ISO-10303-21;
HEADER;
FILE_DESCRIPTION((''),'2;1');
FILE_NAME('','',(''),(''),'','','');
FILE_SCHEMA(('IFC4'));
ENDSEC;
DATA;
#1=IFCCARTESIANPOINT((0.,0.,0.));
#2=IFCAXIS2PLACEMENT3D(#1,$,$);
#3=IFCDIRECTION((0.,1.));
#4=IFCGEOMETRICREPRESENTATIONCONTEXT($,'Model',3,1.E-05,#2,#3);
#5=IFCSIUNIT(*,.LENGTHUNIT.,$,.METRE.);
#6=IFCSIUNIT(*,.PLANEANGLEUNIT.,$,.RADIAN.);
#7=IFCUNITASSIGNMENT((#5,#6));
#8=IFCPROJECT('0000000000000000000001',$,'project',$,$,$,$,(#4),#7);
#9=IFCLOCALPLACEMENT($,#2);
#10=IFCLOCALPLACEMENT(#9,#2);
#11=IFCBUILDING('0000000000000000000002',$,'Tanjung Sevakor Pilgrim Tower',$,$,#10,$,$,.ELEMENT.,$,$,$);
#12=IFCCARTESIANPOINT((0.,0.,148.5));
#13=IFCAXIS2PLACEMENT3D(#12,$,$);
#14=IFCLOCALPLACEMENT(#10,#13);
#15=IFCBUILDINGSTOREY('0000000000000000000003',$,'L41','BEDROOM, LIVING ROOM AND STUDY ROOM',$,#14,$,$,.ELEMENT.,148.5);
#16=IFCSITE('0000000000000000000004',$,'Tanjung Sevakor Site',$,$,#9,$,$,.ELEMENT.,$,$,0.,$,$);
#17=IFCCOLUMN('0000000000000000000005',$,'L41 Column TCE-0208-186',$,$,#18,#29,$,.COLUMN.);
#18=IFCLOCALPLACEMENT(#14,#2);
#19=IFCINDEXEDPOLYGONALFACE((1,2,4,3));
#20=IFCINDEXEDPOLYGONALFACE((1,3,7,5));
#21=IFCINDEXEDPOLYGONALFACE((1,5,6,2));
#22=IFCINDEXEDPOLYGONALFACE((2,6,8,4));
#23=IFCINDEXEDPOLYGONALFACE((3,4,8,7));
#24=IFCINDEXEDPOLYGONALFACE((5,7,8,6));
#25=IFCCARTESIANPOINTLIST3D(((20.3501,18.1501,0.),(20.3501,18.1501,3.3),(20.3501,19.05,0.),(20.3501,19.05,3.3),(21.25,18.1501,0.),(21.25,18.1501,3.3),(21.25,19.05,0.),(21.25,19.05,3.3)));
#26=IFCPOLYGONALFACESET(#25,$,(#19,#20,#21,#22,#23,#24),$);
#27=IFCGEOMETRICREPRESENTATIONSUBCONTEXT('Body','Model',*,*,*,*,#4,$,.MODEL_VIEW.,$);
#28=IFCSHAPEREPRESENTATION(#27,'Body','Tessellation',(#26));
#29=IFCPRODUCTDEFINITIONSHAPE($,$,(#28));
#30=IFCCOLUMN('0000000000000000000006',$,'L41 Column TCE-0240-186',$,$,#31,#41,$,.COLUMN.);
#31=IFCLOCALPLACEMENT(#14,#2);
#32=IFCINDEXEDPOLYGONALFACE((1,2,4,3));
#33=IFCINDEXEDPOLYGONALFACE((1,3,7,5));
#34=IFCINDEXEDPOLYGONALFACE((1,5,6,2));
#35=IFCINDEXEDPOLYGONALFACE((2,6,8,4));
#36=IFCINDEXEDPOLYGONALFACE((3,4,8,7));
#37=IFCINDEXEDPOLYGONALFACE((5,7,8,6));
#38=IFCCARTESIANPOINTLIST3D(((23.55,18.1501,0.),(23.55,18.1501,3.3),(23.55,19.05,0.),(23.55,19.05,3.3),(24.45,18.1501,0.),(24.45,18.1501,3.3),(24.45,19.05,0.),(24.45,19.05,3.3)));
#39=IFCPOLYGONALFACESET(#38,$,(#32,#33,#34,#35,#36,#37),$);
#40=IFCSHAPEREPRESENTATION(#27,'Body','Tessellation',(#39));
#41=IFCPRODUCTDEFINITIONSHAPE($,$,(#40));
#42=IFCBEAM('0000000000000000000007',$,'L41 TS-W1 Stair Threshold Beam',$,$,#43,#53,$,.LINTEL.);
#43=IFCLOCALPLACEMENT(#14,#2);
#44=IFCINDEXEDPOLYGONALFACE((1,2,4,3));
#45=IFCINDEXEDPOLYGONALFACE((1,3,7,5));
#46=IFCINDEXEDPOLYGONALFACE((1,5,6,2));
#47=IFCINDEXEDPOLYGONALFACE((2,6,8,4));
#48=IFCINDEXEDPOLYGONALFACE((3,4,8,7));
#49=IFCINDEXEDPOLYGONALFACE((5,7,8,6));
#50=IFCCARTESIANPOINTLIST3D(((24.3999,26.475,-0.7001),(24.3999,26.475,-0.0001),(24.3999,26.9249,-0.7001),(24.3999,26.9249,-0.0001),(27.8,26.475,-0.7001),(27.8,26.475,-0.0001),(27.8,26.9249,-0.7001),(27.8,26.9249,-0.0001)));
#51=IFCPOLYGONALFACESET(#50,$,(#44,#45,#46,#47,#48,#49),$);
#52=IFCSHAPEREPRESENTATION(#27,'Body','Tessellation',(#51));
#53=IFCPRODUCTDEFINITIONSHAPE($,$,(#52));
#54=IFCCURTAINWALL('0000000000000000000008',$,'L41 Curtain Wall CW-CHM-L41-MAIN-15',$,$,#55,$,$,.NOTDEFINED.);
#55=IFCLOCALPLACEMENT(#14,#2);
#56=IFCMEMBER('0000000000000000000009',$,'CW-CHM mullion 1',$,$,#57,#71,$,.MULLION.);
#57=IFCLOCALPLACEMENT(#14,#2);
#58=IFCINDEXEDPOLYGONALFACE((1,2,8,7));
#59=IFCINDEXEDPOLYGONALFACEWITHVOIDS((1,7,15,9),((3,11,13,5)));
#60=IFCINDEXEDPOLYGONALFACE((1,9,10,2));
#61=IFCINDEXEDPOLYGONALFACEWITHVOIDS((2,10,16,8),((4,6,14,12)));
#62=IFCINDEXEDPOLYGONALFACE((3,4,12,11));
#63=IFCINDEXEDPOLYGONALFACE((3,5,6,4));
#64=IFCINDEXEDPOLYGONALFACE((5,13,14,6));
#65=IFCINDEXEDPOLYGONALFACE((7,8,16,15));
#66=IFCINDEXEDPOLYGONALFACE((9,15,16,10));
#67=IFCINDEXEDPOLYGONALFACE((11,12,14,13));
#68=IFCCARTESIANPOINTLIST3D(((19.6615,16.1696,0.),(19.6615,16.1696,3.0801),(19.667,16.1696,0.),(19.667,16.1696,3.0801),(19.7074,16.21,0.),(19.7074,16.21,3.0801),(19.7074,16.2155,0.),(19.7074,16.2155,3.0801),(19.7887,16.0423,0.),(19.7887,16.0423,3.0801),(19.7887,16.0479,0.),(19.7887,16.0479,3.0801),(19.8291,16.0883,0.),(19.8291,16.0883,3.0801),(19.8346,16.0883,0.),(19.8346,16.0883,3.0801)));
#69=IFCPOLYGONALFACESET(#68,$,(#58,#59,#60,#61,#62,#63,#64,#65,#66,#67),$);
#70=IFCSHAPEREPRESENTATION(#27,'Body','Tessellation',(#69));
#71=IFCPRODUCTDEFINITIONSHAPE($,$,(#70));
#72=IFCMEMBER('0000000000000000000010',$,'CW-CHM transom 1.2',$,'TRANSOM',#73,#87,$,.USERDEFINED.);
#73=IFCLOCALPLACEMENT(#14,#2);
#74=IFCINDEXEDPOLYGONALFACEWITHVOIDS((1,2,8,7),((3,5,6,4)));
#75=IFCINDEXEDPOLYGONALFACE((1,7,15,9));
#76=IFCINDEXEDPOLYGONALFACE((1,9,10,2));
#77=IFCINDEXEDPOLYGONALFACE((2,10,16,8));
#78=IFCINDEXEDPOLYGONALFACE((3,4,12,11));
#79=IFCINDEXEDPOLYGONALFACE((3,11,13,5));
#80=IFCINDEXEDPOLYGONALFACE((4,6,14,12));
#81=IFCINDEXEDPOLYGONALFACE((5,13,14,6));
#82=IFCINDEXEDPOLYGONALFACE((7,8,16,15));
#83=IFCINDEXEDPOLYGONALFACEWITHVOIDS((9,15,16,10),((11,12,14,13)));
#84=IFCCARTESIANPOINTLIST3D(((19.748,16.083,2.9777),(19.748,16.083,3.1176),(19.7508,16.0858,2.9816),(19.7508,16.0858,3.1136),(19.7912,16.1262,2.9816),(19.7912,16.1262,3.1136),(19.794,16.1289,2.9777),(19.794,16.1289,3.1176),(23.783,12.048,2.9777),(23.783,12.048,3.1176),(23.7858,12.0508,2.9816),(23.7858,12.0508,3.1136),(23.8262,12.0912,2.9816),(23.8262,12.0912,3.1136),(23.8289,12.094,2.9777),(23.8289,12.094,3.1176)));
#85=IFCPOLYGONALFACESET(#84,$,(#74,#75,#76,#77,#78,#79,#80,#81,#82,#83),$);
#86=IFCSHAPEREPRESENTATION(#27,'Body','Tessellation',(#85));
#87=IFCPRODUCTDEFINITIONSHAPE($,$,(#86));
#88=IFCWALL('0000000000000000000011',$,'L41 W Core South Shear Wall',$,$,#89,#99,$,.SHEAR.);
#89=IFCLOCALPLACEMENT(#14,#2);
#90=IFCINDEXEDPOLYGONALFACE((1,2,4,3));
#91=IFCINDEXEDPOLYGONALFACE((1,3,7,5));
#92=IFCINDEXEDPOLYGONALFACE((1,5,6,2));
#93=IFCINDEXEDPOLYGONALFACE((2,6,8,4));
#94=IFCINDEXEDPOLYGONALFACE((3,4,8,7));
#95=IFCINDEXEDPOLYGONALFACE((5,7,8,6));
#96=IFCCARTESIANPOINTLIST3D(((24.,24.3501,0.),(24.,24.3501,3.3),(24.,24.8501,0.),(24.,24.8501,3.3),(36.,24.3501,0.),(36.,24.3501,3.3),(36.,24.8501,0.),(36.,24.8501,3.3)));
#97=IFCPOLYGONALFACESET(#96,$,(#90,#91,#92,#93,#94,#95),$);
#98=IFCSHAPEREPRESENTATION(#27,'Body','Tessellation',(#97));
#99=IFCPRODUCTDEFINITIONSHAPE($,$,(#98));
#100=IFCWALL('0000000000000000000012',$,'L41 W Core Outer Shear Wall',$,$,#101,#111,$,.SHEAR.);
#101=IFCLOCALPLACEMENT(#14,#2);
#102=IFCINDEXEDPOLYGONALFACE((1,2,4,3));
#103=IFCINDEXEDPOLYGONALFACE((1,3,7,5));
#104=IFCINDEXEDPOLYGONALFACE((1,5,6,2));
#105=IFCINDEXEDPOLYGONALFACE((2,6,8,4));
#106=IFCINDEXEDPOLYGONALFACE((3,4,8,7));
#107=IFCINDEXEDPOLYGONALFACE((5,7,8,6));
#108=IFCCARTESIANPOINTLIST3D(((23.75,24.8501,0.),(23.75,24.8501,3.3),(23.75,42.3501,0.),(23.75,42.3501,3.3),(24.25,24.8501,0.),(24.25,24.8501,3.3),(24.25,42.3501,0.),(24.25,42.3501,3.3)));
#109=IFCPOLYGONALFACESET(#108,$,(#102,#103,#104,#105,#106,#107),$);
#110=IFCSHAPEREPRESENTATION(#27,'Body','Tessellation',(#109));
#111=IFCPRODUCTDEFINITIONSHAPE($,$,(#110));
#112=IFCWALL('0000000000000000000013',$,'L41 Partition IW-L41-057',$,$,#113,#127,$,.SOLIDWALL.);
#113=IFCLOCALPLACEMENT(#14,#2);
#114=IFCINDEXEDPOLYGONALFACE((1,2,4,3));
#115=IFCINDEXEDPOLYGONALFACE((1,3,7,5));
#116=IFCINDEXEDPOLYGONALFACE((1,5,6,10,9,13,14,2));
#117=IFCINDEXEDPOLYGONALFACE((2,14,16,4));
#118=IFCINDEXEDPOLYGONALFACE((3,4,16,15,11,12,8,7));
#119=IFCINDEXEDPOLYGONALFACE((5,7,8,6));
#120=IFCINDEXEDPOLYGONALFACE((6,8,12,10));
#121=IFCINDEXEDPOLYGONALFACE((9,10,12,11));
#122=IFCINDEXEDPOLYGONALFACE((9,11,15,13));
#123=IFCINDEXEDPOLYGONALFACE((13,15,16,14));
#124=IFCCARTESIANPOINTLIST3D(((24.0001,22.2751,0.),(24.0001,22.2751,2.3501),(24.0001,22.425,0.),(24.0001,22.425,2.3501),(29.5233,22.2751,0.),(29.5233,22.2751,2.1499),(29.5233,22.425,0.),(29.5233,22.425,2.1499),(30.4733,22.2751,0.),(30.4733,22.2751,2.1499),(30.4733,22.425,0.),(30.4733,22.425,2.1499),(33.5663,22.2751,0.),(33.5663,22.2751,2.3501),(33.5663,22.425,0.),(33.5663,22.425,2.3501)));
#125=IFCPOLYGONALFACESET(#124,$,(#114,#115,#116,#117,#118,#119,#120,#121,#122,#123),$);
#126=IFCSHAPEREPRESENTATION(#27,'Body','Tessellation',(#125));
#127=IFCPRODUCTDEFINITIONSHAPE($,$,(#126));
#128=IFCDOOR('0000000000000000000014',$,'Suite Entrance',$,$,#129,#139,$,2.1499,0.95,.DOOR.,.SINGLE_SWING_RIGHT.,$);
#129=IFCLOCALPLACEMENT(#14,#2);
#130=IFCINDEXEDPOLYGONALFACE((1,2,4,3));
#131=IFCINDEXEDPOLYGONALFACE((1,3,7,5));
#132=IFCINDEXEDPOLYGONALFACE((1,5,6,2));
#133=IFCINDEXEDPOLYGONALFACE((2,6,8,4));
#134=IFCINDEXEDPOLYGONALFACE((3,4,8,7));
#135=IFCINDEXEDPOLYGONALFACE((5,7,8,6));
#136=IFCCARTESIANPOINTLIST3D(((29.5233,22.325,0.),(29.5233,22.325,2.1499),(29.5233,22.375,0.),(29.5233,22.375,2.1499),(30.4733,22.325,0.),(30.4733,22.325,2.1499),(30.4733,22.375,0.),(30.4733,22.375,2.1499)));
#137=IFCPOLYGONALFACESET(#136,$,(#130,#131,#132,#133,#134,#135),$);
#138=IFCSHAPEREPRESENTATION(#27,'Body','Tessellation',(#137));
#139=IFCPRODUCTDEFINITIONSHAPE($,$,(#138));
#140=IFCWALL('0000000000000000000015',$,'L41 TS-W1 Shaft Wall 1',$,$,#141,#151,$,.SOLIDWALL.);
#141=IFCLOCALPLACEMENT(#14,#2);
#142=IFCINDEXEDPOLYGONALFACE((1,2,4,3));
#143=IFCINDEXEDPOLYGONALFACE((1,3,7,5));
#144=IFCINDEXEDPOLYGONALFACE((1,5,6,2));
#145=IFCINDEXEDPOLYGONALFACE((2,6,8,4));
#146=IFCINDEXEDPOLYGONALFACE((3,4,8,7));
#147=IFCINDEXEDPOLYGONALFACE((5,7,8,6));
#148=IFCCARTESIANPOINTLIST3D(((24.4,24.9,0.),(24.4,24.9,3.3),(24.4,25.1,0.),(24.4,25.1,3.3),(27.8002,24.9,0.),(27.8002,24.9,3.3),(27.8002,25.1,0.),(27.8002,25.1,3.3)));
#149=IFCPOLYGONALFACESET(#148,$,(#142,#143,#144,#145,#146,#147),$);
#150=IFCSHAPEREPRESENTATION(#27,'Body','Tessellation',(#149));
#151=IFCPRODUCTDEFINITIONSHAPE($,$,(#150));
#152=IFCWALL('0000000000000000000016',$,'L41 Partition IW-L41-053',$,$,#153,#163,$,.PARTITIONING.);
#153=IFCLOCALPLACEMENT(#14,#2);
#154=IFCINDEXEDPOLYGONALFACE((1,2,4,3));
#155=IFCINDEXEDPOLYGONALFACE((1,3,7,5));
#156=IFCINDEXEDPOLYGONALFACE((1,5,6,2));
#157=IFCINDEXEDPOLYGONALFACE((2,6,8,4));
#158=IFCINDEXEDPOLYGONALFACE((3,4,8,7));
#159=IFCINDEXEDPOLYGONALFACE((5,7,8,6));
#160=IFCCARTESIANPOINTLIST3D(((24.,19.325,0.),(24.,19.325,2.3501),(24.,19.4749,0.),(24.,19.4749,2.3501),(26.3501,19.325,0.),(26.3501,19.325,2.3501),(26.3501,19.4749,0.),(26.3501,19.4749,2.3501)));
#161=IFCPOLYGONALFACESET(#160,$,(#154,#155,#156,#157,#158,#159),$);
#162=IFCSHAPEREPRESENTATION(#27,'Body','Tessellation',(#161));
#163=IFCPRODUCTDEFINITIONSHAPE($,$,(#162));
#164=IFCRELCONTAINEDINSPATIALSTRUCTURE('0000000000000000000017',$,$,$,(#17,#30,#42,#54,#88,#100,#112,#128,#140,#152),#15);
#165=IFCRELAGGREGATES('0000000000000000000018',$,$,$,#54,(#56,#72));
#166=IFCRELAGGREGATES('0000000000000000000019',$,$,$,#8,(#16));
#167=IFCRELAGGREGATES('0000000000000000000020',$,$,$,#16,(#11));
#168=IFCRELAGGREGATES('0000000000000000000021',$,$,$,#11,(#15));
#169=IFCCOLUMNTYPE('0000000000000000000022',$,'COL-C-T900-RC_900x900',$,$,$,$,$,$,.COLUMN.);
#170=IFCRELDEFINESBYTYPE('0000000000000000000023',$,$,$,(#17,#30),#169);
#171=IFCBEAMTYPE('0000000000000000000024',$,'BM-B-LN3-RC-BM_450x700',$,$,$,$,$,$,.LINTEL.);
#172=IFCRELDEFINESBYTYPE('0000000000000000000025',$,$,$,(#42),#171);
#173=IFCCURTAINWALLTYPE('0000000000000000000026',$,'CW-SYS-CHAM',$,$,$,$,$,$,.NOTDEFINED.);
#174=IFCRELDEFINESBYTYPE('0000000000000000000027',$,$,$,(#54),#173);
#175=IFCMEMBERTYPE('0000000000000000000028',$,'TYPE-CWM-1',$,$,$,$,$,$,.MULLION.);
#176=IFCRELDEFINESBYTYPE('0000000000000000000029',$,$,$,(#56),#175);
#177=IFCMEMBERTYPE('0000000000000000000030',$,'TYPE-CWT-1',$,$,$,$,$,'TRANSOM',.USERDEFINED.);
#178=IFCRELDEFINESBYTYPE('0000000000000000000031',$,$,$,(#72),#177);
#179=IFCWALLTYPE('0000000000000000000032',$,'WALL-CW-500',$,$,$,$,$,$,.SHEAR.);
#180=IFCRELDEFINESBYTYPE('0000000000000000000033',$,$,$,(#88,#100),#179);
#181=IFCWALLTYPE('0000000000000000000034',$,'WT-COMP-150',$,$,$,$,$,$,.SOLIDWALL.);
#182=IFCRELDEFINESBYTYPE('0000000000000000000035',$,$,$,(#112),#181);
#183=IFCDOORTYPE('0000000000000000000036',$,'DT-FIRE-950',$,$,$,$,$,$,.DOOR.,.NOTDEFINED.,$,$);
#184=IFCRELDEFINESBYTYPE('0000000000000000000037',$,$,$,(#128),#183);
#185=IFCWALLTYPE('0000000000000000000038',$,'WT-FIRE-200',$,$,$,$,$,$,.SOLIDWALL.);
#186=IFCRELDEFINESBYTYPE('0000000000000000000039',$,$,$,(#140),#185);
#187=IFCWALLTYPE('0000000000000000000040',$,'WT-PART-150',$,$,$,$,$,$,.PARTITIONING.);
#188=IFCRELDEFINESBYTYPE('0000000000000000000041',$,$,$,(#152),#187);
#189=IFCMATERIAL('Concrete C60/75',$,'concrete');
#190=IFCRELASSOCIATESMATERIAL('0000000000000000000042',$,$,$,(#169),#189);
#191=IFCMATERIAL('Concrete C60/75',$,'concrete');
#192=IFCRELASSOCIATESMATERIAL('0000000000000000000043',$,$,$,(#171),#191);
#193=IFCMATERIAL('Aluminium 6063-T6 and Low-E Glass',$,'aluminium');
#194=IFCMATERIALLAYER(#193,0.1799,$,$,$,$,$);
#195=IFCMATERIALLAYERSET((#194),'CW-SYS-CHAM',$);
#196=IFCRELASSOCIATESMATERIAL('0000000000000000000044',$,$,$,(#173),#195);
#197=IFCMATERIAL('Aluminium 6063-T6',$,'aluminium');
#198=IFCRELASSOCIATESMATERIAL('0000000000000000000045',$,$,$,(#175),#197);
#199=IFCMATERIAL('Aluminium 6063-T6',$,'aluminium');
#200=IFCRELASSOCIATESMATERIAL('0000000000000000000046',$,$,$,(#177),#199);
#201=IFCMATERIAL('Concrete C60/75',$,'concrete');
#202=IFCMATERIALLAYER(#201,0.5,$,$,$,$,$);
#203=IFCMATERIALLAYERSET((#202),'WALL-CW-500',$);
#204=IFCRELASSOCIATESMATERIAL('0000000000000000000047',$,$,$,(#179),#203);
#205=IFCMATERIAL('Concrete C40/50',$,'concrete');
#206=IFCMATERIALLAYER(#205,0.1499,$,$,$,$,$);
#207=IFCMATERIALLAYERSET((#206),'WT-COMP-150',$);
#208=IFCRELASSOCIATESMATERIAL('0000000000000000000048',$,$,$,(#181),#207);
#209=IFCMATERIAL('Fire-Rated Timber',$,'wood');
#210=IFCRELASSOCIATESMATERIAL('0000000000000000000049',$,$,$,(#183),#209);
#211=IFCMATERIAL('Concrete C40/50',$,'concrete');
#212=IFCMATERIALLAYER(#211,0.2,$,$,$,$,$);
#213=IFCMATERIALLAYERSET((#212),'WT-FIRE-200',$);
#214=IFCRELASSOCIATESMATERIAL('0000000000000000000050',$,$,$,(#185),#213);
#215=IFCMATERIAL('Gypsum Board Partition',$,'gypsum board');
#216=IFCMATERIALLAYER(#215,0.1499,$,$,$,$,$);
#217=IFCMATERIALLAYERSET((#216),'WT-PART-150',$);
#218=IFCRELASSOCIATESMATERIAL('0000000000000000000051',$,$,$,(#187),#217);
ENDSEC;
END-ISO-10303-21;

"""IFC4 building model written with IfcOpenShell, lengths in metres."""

from ifc_helpers import new_model, si_unit, direction, frame, frame_2d, origin, origin_2d, place, context, subcontext, project, spatial, rectangle, hollow_rectangle, extrude, material, layer, layer_set, material_profile, profile_set, type_object, element, fill, aggregate, save


model = new_model("IFC4")

# Units and contexts
model_context = context("Model", 3, precision=1e-05, world=origin(), true_north=direction((0.0, 1.0)))
body_context = subcontext(model_context, "Body", "Model", "MODEL_VIEW")
ifc_project = project(units=[si_unit("LENGTHUNIT", "METRE"), si_unit("PLANEANGLEUNIT", "RADIAN")], contexts=[model_context])

# Site, building, storey
site_placement = place(None, origin())
site = spatial("IfcSite", under=ifc_project, at=site_placement, Name="Tanjung Sevakor Site", CompositionType="ELEMENT", RefElevation=0.0)
building_placement = place(site_placement, origin())
building = spatial("IfcBuilding", under=site, at=building_placement, Name="Tanjung Sevakor Pilgrim Tower", CompositionType="ELEMENT")
storey_placement = place(building_placement, frame((0.0, 0.0, 148.5)))
storey = spatial("IfcBuildingStorey", under=building, at=storey_placement, Name="L41", Description="BEDROOM, LIVING ROOM AND STUDY ROOM", CompositionType="ELEMENT", Elevation=148.5)

# Columns
ifc_material_1 = material(Name="Concrete C60/75", Category="concrete")
ifc_material_profile_1 = material_profile(ifc_material_1, rectangle(XDim=0.8999, YDim=0.8999, at=origin_2d()))
ifc_profile_set_1 = profile_set([ifc_material_profile_1], Name="Concrete C60/75")
column_type = type_object("IfcColumnType", Name="COL-C-T900-RC_900x900", PredefinedType="COLUMN", material=ifc_profile_set_1)
for number, where, z_axis, x_axis, name in (
    (1, (20.8, 18.6001, 0.0), (0.0, 0.0, 1.0), (1.0, 0.0, 0.0), "L41 Column TCE-0208-186"),
    (2, (24.0, 18.6001, 0.0), (0.0, 0.0, 1.0), (1.0, 0.0, 0.0), "L41 Column TCE-0240-186"),
):
    element("IfcColumn", number, at=place(storey_placement, frame(where, z_axis=z_axis, x_axis=x_axis)), inside=storey, type_object=column_type, Name=name, PredefinedType="COLUMN", context=body_context, shape_type="SweptSolid", body=[
        extrude(rectangle(XDim=0.8999, YDim=0.8999, at=origin_2d()), origin(), (0.0, 0.0, 1.0), 3.3),
    ])

# Beam
ifc_material_2 = material(Name="Concrete C60/75", Category="concrete")
ifc_material_profile_2 = material_profile(ifc_material_2, rectangle(XDim=0.45, YDim=0.7, at=origin_2d()))
ifc_profile_set_2 = profile_set([ifc_material_profile_2], Name="Concrete C60/75")
beam_type = type_object("IfcBeamType", Name="BM-B-LN3-RC-BM_450x700", PredefinedType="LINTEL", material=ifc_profile_set_2)
beam_placement = place(storey_placement, frame((24.3999, 26.7, -0.3501), z_axis=(1.0, 0.0, 0.0), x_axis=(0.0, 1.0, 0.0)))
element("IfcBeam", 3, at=beam_placement, inside=storey, type_object=beam_type, Name="L41 TS-W1 Stair Threshold Beam", PredefinedType="LINTEL", context=body_context, shape_type="SweptSolid", body=[
    extrude(rectangle(XDim=0.45, YDim=0.7, at=origin_2d()), origin(), (0.0, 0.0, 1.0), 3.4001),
])

# Curtain wall, members
ifc_material_3 = material(Name="Aluminium 6063-T6 and Low-E Glass", Category="aluminium")
ifc_layer_1 = layer(ifc_material_3, 0.1799)
ifc_layer_set_1 = layer_set([ifc_layer_1], Name="CW-SYS-CHAM")
curtain_wall_type = type_object("IfcCurtainWallType", Name="CW-SYS-CHAM", PredefinedType="NOTDEFINED", material=ifc_layer_set_1)
curtain_wall_placement = place(storey_placement, origin())
curtain_wall = element("IfcCurtainWall", 4, at=curtain_wall_placement, inside=storey, type_object=curtain_wall_type, Name="L41 Curtain Wall CW-CHM-L41-MAIN-15", PredefinedType="NOTDEFINED")
ifc_material_4 = material(Name="Aluminium 6063-T6", Category="aluminium")
ifc_material_profile_3 = material_profile(ifc_material_4, hollow_rectangle(XDim=0.0649, YDim=0.1799, WallThickness=0.0039, at=origin_2d()))
ifc_profile_set_3 = profile_set([ifc_material_profile_3], Name="Aluminium 6063-T6")
member_type_1 = type_object("IfcMemberType", Name="TYPE-CWM-1", PredefinedType="MULLION", material=ifc_profile_set_3)
member_1_placement = place(storey_placement, frame((19.748, 16.1289, 0.0), z_axis=(0.0, 0.0, 1.0), x_axis=(0.707107, 0.707107, 0.0)))
member_1 = element("IfcMember", 5, at=member_1_placement, type_object=member_type_1, Name="CW-CHM mullion 1", PredefinedType="MULLION", context=body_context, shape_type="SweptSolid", body=[
    extrude(hollow_rectangle(XDim=0.0649, YDim=0.1799, WallThickness=0.0039, at=origin_2d()), origin(), (0.0, 0.0, 1.0), 3.0801),
])
ifc_material_5 = material(Name="Aluminium 6063-T6", Category="aluminium")
ifc_material_profile_4 = material_profile(ifc_material_5, hollow_rectangle(XDim=0.0649, YDim=0.1399, WallThickness=0.0039, at=origin_2d()))
ifc_profile_set_4 = profile_set([ifc_material_profile_4], Name="Aluminium 6063-T6")
member_type_2 = type_object("IfcMemberType", Name="TYPE-CWT-1", ElementType="TRANSOM", PredefinedType="USERDEFINED", material=ifc_profile_set_4)
member_2_placement = place(storey_placement, frame((19.771, 16.106, 3.0476), z_axis=(0.707107, -0.707107, 0.0), x_axis=(0.707107, 0.707107, 0.0)))
member_2 = element("IfcMember", 6, at=member_2_placement, type_object=member_type_2, Name="CW-CHM transom 1.2", ObjectType="TRANSOM", PredefinedType="USERDEFINED", context=body_context, shape_type="SweptSolid", body=[
    extrude(hollow_rectangle(XDim=0.0649, YDim=0.1399, WallThickness=0.0039, at=origin_2d()), origin(), (0.0, 0.0, 1.0), 5.7063),
])
aggregate(curtain_wall, [member_1, member_2])

# Walls
ifc_material_6 = material(Name="Concrete C60/75", Category="concrete")
ifc_layer_2 = layer(ifc_material_6, 0.5)
ifc_layer_set_2 = layer_set([ifc_layer_2], Name="WALL-CW-500")
wall_type_1 = type_object("IfcWallType", Name="WALL-CW-500", PredefinedType="SHEAR", material=ifc_layer_set_2)
wall_1_placement = place(storey_placement, frame((24.0, 24.6001, 0.0), z_axis=(0.0, 0.0, 1.0), x_axis=(1.0, 0.0, 0.0)))
element("IfcWall", 7, at=wall_1_placement, inside=storey, type_object=wall_type_1, Name="L41 W Core South Shear Wall", PredefinedType="SHEAR", context=body_context, shape_type="SweptSolid", body=[
    extrude(rectangle(XDim=12.0, YDim=0.5, at=frame_2d((6.0, 0.0))), origin(), (0.0, 0.0, 1.0), 3.3),
])
wall_2_placement = place(storey_placement, frame((24.0, 24.8501, 0.0), z_axis=(0.0, 0.0, 1.0), x_axis=(0.0, 1.0, 0.0)))
element("IfcWall", 8, at=wall_2_placement, inside=storey, type_object=wall_type_1, Name="L41 W Core Outer Shear Wall", PredefinedType="SHEAR", context=body_context, shape_type="SweptSolid", body=[
    extrude(rectangle(XDim=17.5, YDim=0.5, at=frame_2d((8.75, 0.0))), origin(), (0.0, 0.0, 1.0), 3.3),
])

# Wall, opening, door
ifc_material_7 = material(Name="Concrete C40/50", Category="concrete")
ifc_layer_3 = layer(ifc_material_7, 0.1499)
ifc_layer_set_3 = layer_set([ifc_layer_3], Name="WT-COMP-150")
wall_type_2 = type_object("IfcWallType", Name="WT-COMP-150", PredefinedType="SOLIDWALL", material=ifc_layer_set_3)
wall_3_placement = place(storey_placement, frame((24.0, 22.3501, 0.0), z_axis=(0.0, 0.0, 1.0), x_axis=(1.0, 0.0, 0.0)))
wall_3 = element("IfcWall", 9, at=wall_3_placement, inside=storey, type_object=wall_type_2, Name="L41 Partition IW-L41-057", PredefinedType="SOLIDWALL", context=body_context, shape_type="SweptSolid", body=[
    extrude(rectangle(XDim=9.5662, YDim=0.1499, at=frame_2d((4.7832, 0.0))), origin(), (0.0, 0.0, 1.0), 2.3501),
])
opening_1_placement = place(wall_3_placement, frame((5.5232, 0.0, 0.0)))
opening_1 = element("IfcOpeningElement", 10, at=opening_1_placement, cuts=wall_3, PredefinedType="OPENING", context=body_context, shape_type="SweptSolid", body=[
    extrude(rectangle(XDim=0.95, YDim=2.1499, at=frame_2d((0.4751, 1.075))), frame((0.0, 0.085, 0.0), z_axis=(0.0, -1.0, 0.0), x_axis=(1.0, 0.0, 0.0)), (0.0, 0.0, 1.0), 0.1699),
])
ifc_material_8 = material(Name="Fire-Rated Timber", Category="wood")
door_type_1 = type_object("IfcDoorType", Name="DT-FIRE-950", OperationType="NOTDEFINED", PredefinedType="DOOR", material=ifc_material_8)
door_1_placement = place(opening_1_placement, origin())
door_1 = element("IfcDoor", 11, at=door_1_placement, inside=storey, type_object=door_type_1, Name="Suite Entrance", OperationType="SINGLE_SWING_RIGHT", OverallHeight=2.1499, OverallWidth=0.95, PredefinedType="DOOR", context=body_context, shape_type="SweptSolid", body=[
    extrude(rectangle(XDim=0.95, YDim=2.1499, at=frame_2d((0.4751, 1.075))), frame((0.0, 0.0249, 0.0), z_axis=(0.0, -1.0, 0.0), x_axis=(1.0, 0.0, 0.0)), (0.0, 0.0, 1.0), 0.05),
])
fill(opening_1, door_1)

# Wall
ifc_material_9 = material(Name="Concrete C40/50", Category="concrete")
ifc_layer_4 = layer(ifc_material_9, 0.2)
ifc_layer_set_4 = layer_set([ifc_layer_4], Name="WT-FIRE-200")
wall_type_3 = type_object("IfcWallType", Name="WT-FIRE-200", PredefinedType="SOLIDWALL", material=ifc_layer_set_4)
wall_4_placement = place(storey_placement, frame((24.3999, 25.0, 0.0), z_axis=(0.0, 0.0, 1.0), x_axis=(1.0, 0.0, 0.0)))
element("IfcWall", 12, at=wall_4_placement, inside=storey, type_object=wall_type_3, Name="L41 TS-W1 Shaft Wall 1", PredefinedType="SOLIDWALL", context=body_context, shape_type="SweptSolid", body=[
    extrude(rectangle(XDim=3.4001, YDim=0.2, at=frame_2d((1.7002, 0.0))), origin(), (0.0, 0.0, 1.0), 3.3),
])

# Wall
ifc_material_10 = material(Name="Gypsum Board Partition", Category="gypsum board")
ifc_layer_5 = layer(ifc_material_10, 0.1499)
ifc_layer_set_5 = layer_set([ifc_layer_5], Name="WT-PART-150")
wall_type_4 = type_object("IfcWallType", Name="WT-PART-150", PredefinedType="PARTITIONING", material=ifc_layer_set_5)
wall_5_placement = place(storey_placement, frame((24.0, 19.3999, 0.0), z_axis=(0.0, 0.0, 1.0), x_axis=(1.0, 0.0, 0.0)))
element("IfcWall", 13, at=wall_5_placement, inside=storey, type_object=wall_type_4, Name="L41 Partition IW-L41-053", PredefinedType="PARTITIONING", context=body_context, shape_type="SweptSolid", body=[
    extrude(rectangle(XDim=2.3501, YDim=0.1499, at=frame_2d((1.175, 0.0))), origin(), (0.0, 0.0, 1.0), 2.3501),
])

save(model, "model.ifc")
